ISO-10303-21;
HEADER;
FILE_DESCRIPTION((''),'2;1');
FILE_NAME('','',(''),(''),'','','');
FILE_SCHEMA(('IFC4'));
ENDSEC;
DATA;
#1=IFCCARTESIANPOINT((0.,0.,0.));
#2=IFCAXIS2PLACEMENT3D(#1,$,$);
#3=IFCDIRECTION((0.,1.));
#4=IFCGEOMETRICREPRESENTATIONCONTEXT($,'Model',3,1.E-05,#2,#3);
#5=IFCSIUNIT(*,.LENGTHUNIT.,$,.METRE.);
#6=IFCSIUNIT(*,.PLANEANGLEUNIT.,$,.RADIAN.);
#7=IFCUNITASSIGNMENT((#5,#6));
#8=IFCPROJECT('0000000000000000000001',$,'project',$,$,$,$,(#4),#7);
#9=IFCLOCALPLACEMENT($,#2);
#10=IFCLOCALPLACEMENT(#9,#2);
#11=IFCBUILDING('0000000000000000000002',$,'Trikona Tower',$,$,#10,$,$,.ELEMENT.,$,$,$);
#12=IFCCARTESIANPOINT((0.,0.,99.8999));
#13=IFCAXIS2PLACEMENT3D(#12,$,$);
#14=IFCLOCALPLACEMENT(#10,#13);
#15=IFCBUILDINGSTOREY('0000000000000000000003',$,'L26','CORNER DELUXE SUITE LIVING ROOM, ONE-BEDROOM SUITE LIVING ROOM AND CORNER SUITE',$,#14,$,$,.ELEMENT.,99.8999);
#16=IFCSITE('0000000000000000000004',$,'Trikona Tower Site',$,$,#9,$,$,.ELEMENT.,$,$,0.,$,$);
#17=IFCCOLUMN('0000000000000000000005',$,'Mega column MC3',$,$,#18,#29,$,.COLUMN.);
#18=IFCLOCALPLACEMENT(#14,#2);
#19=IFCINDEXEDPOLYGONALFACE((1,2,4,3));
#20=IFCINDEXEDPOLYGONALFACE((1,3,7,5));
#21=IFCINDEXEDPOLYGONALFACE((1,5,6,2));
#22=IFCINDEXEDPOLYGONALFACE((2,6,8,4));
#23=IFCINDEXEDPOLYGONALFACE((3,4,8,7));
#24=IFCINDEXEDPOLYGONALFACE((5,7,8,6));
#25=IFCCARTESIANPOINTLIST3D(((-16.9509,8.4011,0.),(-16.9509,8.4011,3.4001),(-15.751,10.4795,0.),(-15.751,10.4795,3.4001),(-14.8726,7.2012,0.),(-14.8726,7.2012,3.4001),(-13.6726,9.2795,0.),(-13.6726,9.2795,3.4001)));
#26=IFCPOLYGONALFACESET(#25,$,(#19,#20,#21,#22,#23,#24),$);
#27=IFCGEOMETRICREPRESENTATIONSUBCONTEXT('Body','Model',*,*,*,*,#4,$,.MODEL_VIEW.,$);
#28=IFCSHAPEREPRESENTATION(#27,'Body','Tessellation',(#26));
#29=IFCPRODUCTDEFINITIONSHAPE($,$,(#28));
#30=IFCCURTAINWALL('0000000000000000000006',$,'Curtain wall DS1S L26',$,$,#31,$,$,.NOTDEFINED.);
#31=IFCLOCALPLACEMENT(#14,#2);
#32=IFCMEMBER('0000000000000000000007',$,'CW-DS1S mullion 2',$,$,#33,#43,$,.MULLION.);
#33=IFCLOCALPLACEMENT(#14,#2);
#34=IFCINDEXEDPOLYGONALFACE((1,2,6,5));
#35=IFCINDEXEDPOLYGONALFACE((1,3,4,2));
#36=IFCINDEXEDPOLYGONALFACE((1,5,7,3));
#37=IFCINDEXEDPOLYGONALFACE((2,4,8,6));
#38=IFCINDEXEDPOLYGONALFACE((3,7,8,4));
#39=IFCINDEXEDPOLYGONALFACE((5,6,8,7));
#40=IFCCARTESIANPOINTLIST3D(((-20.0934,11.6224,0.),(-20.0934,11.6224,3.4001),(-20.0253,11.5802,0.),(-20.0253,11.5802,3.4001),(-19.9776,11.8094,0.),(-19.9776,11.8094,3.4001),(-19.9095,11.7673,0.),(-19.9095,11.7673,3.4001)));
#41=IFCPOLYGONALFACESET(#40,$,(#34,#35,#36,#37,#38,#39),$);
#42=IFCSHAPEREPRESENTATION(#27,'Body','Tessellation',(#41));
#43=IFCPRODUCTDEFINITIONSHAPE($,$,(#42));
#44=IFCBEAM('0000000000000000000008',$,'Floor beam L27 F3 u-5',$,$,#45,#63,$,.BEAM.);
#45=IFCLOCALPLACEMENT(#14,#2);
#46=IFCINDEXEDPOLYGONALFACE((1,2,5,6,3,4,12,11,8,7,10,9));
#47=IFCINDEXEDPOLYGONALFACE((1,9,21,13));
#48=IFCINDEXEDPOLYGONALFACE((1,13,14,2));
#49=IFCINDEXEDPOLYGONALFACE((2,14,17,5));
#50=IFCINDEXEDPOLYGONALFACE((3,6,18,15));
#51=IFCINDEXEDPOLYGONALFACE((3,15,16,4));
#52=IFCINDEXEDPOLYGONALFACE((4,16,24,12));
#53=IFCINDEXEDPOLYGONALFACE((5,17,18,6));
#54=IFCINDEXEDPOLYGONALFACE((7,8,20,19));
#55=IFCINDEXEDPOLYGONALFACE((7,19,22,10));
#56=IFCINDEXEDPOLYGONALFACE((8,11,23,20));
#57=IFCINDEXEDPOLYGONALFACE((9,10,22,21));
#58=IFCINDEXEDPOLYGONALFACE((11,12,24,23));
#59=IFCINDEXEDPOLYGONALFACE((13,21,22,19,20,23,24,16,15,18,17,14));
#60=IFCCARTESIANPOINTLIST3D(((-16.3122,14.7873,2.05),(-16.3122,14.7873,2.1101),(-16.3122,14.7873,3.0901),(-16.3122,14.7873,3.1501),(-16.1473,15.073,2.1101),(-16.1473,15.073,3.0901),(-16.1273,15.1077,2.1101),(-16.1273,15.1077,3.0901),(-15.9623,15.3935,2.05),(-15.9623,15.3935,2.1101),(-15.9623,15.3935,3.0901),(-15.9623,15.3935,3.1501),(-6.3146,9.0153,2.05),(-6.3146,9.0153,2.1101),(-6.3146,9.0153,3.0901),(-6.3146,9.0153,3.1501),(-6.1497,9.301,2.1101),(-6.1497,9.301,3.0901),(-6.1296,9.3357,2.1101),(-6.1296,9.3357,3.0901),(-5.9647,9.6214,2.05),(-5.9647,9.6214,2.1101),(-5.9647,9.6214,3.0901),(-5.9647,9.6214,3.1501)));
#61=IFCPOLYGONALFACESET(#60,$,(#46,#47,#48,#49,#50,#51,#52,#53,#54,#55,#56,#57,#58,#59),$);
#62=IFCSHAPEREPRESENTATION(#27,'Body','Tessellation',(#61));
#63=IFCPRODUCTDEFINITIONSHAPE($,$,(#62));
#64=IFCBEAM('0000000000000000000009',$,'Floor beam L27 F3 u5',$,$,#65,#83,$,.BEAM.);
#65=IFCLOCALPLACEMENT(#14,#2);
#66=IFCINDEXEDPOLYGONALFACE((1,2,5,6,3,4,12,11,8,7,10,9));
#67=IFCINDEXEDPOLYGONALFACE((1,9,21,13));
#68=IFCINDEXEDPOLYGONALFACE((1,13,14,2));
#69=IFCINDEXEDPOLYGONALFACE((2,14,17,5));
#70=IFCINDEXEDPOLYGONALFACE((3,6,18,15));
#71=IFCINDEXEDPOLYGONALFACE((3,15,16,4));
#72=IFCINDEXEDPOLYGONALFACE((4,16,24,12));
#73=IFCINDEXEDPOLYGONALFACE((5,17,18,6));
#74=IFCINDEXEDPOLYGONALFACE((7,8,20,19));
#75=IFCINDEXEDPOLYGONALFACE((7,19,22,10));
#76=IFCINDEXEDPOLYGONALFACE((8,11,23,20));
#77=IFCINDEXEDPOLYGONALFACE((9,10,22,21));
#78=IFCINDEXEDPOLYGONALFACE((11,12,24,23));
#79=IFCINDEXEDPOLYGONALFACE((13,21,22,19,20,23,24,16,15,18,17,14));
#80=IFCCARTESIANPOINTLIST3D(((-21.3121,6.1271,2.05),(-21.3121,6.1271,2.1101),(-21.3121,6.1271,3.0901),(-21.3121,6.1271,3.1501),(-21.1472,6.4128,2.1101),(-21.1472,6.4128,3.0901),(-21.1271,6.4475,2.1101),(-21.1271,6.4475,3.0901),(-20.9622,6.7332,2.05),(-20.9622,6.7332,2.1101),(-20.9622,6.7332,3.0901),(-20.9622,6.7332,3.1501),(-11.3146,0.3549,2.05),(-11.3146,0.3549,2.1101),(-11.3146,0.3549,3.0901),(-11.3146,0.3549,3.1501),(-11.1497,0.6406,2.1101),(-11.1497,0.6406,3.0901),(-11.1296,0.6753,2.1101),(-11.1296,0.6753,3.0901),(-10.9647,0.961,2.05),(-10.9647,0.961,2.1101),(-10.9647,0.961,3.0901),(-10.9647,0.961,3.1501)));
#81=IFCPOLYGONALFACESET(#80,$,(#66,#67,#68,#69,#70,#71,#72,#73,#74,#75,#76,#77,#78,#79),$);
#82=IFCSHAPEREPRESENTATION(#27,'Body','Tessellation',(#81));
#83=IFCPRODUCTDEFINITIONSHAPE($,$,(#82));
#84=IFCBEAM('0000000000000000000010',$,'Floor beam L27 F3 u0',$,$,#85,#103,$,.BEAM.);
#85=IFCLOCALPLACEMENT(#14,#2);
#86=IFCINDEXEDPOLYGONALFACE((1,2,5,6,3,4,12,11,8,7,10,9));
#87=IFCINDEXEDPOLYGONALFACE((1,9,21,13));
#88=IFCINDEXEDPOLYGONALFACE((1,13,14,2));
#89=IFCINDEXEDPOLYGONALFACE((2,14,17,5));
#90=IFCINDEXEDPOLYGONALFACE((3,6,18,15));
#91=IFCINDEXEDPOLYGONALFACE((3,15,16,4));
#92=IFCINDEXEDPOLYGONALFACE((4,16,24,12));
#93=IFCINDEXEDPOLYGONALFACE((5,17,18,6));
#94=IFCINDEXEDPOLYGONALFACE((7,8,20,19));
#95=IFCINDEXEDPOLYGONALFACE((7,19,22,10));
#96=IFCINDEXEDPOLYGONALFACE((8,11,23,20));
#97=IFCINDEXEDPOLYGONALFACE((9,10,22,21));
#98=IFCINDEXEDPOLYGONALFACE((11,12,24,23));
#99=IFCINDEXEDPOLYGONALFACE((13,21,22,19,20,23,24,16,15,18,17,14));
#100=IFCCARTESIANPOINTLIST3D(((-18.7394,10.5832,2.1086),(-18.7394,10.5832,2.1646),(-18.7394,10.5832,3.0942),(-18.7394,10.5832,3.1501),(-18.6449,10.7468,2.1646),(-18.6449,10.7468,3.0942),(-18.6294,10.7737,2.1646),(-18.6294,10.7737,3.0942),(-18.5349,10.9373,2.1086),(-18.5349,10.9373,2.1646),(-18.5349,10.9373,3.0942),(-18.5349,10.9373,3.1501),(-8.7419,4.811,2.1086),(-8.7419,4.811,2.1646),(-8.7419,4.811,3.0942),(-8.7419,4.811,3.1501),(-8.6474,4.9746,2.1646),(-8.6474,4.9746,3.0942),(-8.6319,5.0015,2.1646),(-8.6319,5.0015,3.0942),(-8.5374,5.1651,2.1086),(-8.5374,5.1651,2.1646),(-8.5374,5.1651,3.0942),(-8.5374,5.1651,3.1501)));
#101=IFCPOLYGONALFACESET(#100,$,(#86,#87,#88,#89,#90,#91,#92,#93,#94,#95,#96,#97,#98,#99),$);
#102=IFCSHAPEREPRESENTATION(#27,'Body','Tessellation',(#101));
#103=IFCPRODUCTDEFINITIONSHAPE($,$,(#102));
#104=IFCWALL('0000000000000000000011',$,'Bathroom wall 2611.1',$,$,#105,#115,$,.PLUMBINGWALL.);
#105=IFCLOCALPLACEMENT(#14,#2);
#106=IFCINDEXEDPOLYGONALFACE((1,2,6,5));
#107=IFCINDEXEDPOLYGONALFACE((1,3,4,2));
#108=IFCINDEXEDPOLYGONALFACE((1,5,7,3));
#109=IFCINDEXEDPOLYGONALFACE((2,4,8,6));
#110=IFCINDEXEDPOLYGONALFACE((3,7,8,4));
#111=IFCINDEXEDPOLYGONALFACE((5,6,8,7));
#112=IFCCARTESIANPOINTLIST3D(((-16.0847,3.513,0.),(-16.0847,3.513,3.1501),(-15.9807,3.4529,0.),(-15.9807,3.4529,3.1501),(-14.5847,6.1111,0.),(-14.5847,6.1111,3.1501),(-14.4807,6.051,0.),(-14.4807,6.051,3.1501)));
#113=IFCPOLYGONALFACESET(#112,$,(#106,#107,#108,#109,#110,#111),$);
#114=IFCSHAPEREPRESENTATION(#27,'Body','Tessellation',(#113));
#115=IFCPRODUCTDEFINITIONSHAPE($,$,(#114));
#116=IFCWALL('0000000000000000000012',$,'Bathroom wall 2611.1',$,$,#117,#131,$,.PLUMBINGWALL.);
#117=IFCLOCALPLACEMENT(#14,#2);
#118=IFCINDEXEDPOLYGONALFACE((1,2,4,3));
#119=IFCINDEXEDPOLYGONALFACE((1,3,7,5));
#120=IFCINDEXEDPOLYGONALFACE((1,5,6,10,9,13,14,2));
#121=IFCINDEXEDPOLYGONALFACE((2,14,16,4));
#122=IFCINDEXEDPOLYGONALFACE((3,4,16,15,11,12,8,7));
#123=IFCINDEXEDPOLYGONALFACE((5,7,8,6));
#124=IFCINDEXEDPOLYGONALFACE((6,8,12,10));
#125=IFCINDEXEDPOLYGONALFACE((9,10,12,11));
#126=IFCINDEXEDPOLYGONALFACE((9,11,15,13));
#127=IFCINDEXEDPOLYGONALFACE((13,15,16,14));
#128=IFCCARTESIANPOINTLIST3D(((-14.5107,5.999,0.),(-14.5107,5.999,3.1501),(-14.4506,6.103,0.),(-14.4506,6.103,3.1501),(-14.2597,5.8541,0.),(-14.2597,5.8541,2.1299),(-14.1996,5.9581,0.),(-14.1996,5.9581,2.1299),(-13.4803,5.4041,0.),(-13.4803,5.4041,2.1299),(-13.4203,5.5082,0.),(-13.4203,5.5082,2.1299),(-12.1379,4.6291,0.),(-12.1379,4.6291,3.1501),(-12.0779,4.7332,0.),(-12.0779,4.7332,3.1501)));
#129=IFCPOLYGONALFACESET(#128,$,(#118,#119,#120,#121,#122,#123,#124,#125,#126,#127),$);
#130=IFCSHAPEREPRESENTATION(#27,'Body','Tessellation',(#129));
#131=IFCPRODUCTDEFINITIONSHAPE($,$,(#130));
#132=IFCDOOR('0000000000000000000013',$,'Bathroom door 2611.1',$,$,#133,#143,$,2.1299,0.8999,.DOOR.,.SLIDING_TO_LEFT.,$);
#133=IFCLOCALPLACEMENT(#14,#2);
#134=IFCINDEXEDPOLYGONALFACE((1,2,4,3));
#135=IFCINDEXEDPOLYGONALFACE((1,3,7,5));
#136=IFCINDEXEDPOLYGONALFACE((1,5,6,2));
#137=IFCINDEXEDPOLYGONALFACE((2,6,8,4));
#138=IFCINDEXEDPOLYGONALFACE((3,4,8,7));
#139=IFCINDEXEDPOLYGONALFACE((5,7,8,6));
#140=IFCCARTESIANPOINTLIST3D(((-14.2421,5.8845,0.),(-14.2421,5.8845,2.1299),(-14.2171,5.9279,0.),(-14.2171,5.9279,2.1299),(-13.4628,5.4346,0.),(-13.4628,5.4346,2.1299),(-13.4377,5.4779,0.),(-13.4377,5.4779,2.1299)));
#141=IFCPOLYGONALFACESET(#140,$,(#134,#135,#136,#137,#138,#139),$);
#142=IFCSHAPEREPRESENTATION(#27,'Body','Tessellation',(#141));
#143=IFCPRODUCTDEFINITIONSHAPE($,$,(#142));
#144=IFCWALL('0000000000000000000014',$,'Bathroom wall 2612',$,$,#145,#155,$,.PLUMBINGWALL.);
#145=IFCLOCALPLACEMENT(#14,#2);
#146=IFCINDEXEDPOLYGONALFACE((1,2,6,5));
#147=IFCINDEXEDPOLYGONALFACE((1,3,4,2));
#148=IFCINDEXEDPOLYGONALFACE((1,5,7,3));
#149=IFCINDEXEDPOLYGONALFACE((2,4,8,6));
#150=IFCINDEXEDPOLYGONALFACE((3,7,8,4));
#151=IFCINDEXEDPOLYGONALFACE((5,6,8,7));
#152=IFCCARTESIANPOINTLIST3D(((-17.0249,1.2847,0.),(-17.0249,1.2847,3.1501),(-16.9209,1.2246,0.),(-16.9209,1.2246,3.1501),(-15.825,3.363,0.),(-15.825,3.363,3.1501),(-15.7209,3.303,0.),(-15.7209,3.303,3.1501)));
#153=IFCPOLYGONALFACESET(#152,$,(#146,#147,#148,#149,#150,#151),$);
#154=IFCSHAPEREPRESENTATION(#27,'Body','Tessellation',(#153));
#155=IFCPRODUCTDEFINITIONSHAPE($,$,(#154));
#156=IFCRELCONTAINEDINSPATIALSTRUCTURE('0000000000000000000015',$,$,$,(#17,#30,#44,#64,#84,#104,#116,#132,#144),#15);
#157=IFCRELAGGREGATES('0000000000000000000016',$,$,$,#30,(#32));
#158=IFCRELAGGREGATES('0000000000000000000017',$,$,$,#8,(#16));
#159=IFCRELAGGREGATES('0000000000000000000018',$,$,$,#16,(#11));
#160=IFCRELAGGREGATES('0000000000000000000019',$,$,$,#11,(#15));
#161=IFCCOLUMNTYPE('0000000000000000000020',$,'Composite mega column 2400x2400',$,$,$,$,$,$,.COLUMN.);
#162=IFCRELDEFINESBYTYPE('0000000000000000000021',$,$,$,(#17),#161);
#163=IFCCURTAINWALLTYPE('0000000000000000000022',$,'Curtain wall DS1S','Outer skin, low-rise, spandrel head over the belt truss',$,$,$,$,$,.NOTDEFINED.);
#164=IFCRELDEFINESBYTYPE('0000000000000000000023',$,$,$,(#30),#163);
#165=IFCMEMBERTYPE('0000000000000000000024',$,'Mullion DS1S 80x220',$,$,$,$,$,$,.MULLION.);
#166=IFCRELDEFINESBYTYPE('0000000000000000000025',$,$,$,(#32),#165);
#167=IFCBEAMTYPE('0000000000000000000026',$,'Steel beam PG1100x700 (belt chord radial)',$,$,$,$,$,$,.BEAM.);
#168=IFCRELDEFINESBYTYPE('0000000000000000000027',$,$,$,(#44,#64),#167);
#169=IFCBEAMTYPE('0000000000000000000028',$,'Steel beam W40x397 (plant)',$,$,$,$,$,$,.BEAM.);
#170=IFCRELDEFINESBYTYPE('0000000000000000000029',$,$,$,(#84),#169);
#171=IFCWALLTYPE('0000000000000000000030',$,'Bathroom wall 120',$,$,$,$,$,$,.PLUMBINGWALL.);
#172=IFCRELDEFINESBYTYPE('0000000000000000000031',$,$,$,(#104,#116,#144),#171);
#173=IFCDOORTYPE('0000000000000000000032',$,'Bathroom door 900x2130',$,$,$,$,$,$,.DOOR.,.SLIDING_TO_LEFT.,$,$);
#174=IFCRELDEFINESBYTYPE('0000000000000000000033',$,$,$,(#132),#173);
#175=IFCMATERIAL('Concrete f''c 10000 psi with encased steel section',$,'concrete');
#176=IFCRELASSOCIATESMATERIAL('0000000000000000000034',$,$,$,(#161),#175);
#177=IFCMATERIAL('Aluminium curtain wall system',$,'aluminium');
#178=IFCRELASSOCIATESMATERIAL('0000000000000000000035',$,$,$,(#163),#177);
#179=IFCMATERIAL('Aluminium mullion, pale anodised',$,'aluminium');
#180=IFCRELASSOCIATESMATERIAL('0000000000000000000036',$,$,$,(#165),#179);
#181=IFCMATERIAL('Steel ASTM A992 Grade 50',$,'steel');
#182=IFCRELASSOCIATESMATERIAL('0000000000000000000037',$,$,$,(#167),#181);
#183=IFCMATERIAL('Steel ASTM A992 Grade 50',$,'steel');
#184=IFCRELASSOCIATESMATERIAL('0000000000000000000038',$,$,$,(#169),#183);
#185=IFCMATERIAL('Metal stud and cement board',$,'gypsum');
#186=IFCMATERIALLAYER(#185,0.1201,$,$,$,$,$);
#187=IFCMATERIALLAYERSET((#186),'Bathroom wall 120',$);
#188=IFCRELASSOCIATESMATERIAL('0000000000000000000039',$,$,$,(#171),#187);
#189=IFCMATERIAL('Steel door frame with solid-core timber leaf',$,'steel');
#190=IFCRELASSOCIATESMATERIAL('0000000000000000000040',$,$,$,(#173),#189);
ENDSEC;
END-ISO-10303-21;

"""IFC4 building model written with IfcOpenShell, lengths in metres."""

from ifc_helpers import new_model, si_unit, direction, frame, frame_2d, origin, origin_2d, place, context, subcontext, project, spatial, rectangle, i_section, extrude, material, layer, layer_set, material_profile, profile_set, type_object, element, fill, aggregate, save


model = new_model("IFC4")

# Units and contexts
model_context = context("Model", 3, precision=1e-05, world=origin(), true_north=direction((0.0, 1.0)))
body_context = subcontext(model_context, "Body", "Model", "MODEL_VIEW")
ifc_project = project(units=[si_unit("LENGTHUNIT", "METRE"), si_unit("PLANEANGLEUNIT", "RADIAN")], contexts=[model_context])

# Site, building, storey
site_placement = place(None, origin())
site = spatial("IfcSite", under=ifc_project, at=site_placement, Name="Trikona Tower Site", CompositionType="ELEMENT", RefElevation=0.0)
building_placement = place(site_placement, origin())
building = spatial("IfcBuilding", under=site, at=building_placement, Name="Trikona Tower", CompositionType="ELEMENT")
storey_placement = place(building_placement, frame((0.0, 0.0, 99.8999)))
storey = spatial("IfcBuildingStorey", under=building, at=storey_placement, Name="L26", Description="CORNER DELUXE SUITE LIVING ROOM, ONE-BEDROOM SUITE LIVING ROOM AND CORNER SUITE", CompositionType="ELEMENT", Elevation=99.8999)

# Column
ifc_material_1 = material(Name="Concrete f'c 10000 psi with encased steel section", Category="concrete")
ifc_material_profile_1 = material_profile(ifc_material_1, rectangle(XDim=2.3999, YDim=2.3999, at=origin_2d()), Name="MC2400")
ifc_profile_set_1 = profile_set([ifc_material_profile_1], Name="Concrete f'c 10000 psi with encased steel section")
column_type = type_object("IfcColumnType", Name="Composite mega column 2400x2400", PredefinedType="COLUMN", material=ifc_profile_set_1)
column_placement = place(storey_placement, frame((-15.3118, 8.8403, 0.0), z_axis=(0.0, 0.0, 1.0), x_axis=(-0.866025, 0.5, 0.0)))
element("IfcColumn", 1, at=column_placement, inside=storey, type_object=column_type, Name="Mega column MC3", PredefinedType="COLUMN", context=body_context, shape_type="SweptSolid", body=[
    extrude(rectangle(XDim=2.3999, YDim=2.3999, at=origin_2d()), origin(), (0.0, 0.0, 1.0), 3.4001),
])

# Curtain wall, member
ifc_material_2 = material(Name="Aluminium curtain wall system", Category="aluminium")
curtain_wall_type = type_object("IfcCurtainWallType", Name="Curtain wall DS1S", Description="Outer skin, low-rise, spandrel head over the belt truss", PredefinedType="NOTDEFINED", material=ifc_material_2)
curtain_wall_placement = place(storey_placement, origin())
curtain_wall = element("IfcCurtainWall", 2, at=curtain_wall_placement, inside=storey, type_object=curtain_wall_type, Name="Curtain wall DS1S L26", PredefinedType="NOTDEFINED")
ifc_material_3 = material(Name="Aluminium mullion, pale anodised", Category="aluminium")
ifc_material_profile_2 = material_profile(ifc_material_3, rectangle(XDim=0.0801, YDim=0.22, at=origin_2d()), Name="MUL-DS1S")
ifc_profile_set_2 = profile_set([ifc_material_profile_2], Name="Aluminium mullion, pale anodised")
member_type = type_object("IfcMemberType", Name="Mullion DS1S 80x220", PredefinedType="MULLION", material=ifc_profile_set_2)
member_placement = place(storey_placement, frame((-20.0015, 11.6948, 0.0), z_axis=(0.0, 0.0, 1.0), x_axis=(0.85041, -0.52612, 0.0)))
member = element("IfcMember", 3, at=member_placement, type_object=member_type, Name="CW-DS1S mullion 2", PredefinedType="MULLION", context=body_context, shape_type="SweptSolid", body=[
    extrude(rectangle(XDim=0.0801, YDim=0.22, at=origin_2d()), origin(), (0.0, 0.0, 1.0), 3.4001),
])
aggregate(curtain_wall, [member])

# Beams
ifc_material_4 = material(Name="Steel ASTM A992 Grade 50", Category="steel")
ifc_material_profile_3 = material_profile(ifc_material_4, i_section(OverallWidth=0.7, OverallDepth=1.1001, WebThickness=0.04, FlangeThickness=0.0601, at=origin_2d()), Name="PG1100X700")
ifc_profile_set_3 = profile_set([ifc_material_profile_3], Name="Steel ASTM A992 Grade 50")
beam_type_1 = type_object("IfcBeamType", Name="Steel beam PG1100x700 (belt chord radial)", PredefinedType="BEAM", material=ifc_profile_set_3)
for number, where, z_axis, x_axis, name in (
    (4, (-6.1396, 9.3184, 2.6001), (-0.86603, 0.499992, 0.0), (-0.499992, -0.86603, 0.0), "Floor beam L27 F3 u-5"),
    (5, (-11.1396, 0.658, 2.6001), (-0.866021, 0.500008, 0.0), (-0.500008, -0.866021, 0.0), "Floor beam L27 F3 u5"),
):
    element("IfcBeam", number, at=place(storey_placement, frame(where, z_axis=z_axis, x_axis=x_axis)), inside=storey, type_object=beam_type_1, Name=name, PredefinedType="BEAM", context=body_context, shape_type="SweptSolid", body=[
        extrude(i_section(OverallWidth=0.7, OverallDepth=1.1001, WebThickness=0.04, FlangeThickness=0.0601, at=origin_2d()), origin(), (0.0, 0.0, 1.0), 11.5442),
    ])
ifc_material_5 = material(Name="Steel ASTM A992 Grade 50", Category="steel")
ifc_material_profile_4 = material_profile(ifc_material_5, i_section(OverallWidth=0.4089, OverallDepth=1.0415, WebThickness=0.031, FlangeThickness=0.0559, at=origin_2d()), Name="W40X397")
ifc_profile_set_4 = profile_set([ifc_material_profile_4], Name="Steel ASTM A992 Grade 50")
beam_type_2 = type_object("IfcBeamType", Name="Steel beam W40x397 (plant)", PredefinedType="BEAM", material=ifc_profile_set_4)
beam_placement = place(storey_placement, frame((-8.6396, 4.988, 2.6294), z_axis=(-0.866021, 0.500008, 0.0), x_axis=(-0.500008, -0.866021, 0.0)))
element("IfcBeam", 6, at=beam_placement, inside=storey, type_object=beam_type_2, Name="Floor beam L27 F3 u0", PredefinedType="BEAM", context=body_context, shape_type="SweptSolid", body=[
    extrude(i_section(OverallWidth=0.4089, OverallDepth=1.0415, WebThickness=0.031, FlangeThickness=0.0559, at=origin_2d()), origin(), (0.0, 0.0, 1.0), 11.5442),
])

# Wall
ifc_material_6 = material(Name="Metal stud and cement board", Category="gypsum")
ifc_layer_1 = layer(ifc_material_6, 0.1201)
ifc_layer_set_1 = layer_set([ifc_layer_1], Name="Bathroom wall 120")
wall_type_1 = type_object("IfcWallType", Name="Bathroom wall 120", PredefinedType="PLUMBINGWALL", material=ifc_layer_set_1)
wall_1_placement = place(storey_placement, frame((-14.5327, 6.0811, 0.0), z_axis=(0.0, 0.0, 1.0), x_axis=(-0.49999, -0.866031, 0.0)))
element("IfcWall", 7, at=wall_1_placement, inside=storey, type_object=wall_type_1, Name="Bathroom wall 2611.1", PredefinedType="PLUMBINGWALL", context=body_context, shape_type="SweptSolid", body=[
    extrude(rectangle(XDim=3.0, YDim=0.1201, at=frame_2d((1.5, 0.0))), origin(), (0.0, 0.0, 1.0), 3.1501),
])

# Wall, opening, door
wall_2_placement = place(storey_placement, frame((-12.1079, 4.6812, 0.0), z_axis=(0.0, 0.0, 1.0), x_axis=(-0.866036, 0.499982, 0.0)))
wall_2 = element("IfcWall", 8, at=wall_2_placement, inside=storey, type_object=wall_type_1, Name="Bathroom wall 2611.1", PredefinedType="PLUMBINGWALL", context=body_context, shape_type="SweptSolid", body=[
    extrude(rectangle(XDim=2.7397, YDim=0.1201, at=frame_2d((1.3699, 0.0))), origin(), (0.0, 0.0, 1.0), 3.1501),
])
opening_1_placement = place(wall_2_placement, frame((1.55, 0.0, 0.0)))
opening_1 = element("IfcOpeningElement", 9, at=opening_1_placement, cuts=wall_2, PredefinedType="OPENING", context=body_context, shape_type="SweptSolid", body=[
    extrude(rectangle(XDim=0.8999, YDim=2.1299, at=frame_2d((0.45, 1.0649))), frame((0.0, 0.0701, 0.0), z_axis=(0.0, -1.0, 0.0), x_axis=(1.0, 0.0, 0.0)), (0.0, 0.0, 1.0), 0.1401),
])
ifc_material_7 = material(Name="Steel door frame with solid-core timber leaf", Category="steel")
door_type_1 = type_object("IfcDoorType", Name="Bathroom door 900x2130", OperationType="SLIDING_TO_LEFT", PredefinedType="DOOR", material=ifc_material_7)
door_1_placement = place(opening_1_placement, origin())
door_1 = element("IfcDoor", 10, at=door_1_placement, inside=storey, type_object=door_type_1, Name="Bathroom door 2611.1", OperationType="SLIDING_TO_LEFT", OverallHeight=2.1299, OverallWidth=0.8999, PredefinedType="DOOR", context=body_context, shape_type="SweptSolid", body=[
    extrude(rectangle(XDim=0.8999, YDim=2.1299, at=frame_2d((0.45, 1.0649))), frame((0.0, 0.0249, 0.0), z_axis=(0.0, -1.0, 0.0), x_axis=(1.0, 0.0, 0.0)), (0.0, 0.0, 1.0), 0.05),
])
fill(opening_1, door_1)

# Wall
wall_3_placement = place(storey_placement, frame((-15.7729, 3.333, 0.0), z_axis=(0.0, 0.0, 1.0), x_axis=(-0.500001, -0.866025, 0.0)))
element("IfcWall", 11, at=wall_3_placement, inside=storey, type_object=wall_type_1, Name="Bathroom wall 2612", PredefinedType="PLUMBINGWALL", context=body_context, shape_type="SweptSolid", body=[
    extrude(rectangle(XDim=2.3999, YDim=0.1201, at=frame_2d((1.2, 0.0))), origin(), (0.0, 0.0, 1.0), 3.1501),
])

save(model, "model.ifc")
